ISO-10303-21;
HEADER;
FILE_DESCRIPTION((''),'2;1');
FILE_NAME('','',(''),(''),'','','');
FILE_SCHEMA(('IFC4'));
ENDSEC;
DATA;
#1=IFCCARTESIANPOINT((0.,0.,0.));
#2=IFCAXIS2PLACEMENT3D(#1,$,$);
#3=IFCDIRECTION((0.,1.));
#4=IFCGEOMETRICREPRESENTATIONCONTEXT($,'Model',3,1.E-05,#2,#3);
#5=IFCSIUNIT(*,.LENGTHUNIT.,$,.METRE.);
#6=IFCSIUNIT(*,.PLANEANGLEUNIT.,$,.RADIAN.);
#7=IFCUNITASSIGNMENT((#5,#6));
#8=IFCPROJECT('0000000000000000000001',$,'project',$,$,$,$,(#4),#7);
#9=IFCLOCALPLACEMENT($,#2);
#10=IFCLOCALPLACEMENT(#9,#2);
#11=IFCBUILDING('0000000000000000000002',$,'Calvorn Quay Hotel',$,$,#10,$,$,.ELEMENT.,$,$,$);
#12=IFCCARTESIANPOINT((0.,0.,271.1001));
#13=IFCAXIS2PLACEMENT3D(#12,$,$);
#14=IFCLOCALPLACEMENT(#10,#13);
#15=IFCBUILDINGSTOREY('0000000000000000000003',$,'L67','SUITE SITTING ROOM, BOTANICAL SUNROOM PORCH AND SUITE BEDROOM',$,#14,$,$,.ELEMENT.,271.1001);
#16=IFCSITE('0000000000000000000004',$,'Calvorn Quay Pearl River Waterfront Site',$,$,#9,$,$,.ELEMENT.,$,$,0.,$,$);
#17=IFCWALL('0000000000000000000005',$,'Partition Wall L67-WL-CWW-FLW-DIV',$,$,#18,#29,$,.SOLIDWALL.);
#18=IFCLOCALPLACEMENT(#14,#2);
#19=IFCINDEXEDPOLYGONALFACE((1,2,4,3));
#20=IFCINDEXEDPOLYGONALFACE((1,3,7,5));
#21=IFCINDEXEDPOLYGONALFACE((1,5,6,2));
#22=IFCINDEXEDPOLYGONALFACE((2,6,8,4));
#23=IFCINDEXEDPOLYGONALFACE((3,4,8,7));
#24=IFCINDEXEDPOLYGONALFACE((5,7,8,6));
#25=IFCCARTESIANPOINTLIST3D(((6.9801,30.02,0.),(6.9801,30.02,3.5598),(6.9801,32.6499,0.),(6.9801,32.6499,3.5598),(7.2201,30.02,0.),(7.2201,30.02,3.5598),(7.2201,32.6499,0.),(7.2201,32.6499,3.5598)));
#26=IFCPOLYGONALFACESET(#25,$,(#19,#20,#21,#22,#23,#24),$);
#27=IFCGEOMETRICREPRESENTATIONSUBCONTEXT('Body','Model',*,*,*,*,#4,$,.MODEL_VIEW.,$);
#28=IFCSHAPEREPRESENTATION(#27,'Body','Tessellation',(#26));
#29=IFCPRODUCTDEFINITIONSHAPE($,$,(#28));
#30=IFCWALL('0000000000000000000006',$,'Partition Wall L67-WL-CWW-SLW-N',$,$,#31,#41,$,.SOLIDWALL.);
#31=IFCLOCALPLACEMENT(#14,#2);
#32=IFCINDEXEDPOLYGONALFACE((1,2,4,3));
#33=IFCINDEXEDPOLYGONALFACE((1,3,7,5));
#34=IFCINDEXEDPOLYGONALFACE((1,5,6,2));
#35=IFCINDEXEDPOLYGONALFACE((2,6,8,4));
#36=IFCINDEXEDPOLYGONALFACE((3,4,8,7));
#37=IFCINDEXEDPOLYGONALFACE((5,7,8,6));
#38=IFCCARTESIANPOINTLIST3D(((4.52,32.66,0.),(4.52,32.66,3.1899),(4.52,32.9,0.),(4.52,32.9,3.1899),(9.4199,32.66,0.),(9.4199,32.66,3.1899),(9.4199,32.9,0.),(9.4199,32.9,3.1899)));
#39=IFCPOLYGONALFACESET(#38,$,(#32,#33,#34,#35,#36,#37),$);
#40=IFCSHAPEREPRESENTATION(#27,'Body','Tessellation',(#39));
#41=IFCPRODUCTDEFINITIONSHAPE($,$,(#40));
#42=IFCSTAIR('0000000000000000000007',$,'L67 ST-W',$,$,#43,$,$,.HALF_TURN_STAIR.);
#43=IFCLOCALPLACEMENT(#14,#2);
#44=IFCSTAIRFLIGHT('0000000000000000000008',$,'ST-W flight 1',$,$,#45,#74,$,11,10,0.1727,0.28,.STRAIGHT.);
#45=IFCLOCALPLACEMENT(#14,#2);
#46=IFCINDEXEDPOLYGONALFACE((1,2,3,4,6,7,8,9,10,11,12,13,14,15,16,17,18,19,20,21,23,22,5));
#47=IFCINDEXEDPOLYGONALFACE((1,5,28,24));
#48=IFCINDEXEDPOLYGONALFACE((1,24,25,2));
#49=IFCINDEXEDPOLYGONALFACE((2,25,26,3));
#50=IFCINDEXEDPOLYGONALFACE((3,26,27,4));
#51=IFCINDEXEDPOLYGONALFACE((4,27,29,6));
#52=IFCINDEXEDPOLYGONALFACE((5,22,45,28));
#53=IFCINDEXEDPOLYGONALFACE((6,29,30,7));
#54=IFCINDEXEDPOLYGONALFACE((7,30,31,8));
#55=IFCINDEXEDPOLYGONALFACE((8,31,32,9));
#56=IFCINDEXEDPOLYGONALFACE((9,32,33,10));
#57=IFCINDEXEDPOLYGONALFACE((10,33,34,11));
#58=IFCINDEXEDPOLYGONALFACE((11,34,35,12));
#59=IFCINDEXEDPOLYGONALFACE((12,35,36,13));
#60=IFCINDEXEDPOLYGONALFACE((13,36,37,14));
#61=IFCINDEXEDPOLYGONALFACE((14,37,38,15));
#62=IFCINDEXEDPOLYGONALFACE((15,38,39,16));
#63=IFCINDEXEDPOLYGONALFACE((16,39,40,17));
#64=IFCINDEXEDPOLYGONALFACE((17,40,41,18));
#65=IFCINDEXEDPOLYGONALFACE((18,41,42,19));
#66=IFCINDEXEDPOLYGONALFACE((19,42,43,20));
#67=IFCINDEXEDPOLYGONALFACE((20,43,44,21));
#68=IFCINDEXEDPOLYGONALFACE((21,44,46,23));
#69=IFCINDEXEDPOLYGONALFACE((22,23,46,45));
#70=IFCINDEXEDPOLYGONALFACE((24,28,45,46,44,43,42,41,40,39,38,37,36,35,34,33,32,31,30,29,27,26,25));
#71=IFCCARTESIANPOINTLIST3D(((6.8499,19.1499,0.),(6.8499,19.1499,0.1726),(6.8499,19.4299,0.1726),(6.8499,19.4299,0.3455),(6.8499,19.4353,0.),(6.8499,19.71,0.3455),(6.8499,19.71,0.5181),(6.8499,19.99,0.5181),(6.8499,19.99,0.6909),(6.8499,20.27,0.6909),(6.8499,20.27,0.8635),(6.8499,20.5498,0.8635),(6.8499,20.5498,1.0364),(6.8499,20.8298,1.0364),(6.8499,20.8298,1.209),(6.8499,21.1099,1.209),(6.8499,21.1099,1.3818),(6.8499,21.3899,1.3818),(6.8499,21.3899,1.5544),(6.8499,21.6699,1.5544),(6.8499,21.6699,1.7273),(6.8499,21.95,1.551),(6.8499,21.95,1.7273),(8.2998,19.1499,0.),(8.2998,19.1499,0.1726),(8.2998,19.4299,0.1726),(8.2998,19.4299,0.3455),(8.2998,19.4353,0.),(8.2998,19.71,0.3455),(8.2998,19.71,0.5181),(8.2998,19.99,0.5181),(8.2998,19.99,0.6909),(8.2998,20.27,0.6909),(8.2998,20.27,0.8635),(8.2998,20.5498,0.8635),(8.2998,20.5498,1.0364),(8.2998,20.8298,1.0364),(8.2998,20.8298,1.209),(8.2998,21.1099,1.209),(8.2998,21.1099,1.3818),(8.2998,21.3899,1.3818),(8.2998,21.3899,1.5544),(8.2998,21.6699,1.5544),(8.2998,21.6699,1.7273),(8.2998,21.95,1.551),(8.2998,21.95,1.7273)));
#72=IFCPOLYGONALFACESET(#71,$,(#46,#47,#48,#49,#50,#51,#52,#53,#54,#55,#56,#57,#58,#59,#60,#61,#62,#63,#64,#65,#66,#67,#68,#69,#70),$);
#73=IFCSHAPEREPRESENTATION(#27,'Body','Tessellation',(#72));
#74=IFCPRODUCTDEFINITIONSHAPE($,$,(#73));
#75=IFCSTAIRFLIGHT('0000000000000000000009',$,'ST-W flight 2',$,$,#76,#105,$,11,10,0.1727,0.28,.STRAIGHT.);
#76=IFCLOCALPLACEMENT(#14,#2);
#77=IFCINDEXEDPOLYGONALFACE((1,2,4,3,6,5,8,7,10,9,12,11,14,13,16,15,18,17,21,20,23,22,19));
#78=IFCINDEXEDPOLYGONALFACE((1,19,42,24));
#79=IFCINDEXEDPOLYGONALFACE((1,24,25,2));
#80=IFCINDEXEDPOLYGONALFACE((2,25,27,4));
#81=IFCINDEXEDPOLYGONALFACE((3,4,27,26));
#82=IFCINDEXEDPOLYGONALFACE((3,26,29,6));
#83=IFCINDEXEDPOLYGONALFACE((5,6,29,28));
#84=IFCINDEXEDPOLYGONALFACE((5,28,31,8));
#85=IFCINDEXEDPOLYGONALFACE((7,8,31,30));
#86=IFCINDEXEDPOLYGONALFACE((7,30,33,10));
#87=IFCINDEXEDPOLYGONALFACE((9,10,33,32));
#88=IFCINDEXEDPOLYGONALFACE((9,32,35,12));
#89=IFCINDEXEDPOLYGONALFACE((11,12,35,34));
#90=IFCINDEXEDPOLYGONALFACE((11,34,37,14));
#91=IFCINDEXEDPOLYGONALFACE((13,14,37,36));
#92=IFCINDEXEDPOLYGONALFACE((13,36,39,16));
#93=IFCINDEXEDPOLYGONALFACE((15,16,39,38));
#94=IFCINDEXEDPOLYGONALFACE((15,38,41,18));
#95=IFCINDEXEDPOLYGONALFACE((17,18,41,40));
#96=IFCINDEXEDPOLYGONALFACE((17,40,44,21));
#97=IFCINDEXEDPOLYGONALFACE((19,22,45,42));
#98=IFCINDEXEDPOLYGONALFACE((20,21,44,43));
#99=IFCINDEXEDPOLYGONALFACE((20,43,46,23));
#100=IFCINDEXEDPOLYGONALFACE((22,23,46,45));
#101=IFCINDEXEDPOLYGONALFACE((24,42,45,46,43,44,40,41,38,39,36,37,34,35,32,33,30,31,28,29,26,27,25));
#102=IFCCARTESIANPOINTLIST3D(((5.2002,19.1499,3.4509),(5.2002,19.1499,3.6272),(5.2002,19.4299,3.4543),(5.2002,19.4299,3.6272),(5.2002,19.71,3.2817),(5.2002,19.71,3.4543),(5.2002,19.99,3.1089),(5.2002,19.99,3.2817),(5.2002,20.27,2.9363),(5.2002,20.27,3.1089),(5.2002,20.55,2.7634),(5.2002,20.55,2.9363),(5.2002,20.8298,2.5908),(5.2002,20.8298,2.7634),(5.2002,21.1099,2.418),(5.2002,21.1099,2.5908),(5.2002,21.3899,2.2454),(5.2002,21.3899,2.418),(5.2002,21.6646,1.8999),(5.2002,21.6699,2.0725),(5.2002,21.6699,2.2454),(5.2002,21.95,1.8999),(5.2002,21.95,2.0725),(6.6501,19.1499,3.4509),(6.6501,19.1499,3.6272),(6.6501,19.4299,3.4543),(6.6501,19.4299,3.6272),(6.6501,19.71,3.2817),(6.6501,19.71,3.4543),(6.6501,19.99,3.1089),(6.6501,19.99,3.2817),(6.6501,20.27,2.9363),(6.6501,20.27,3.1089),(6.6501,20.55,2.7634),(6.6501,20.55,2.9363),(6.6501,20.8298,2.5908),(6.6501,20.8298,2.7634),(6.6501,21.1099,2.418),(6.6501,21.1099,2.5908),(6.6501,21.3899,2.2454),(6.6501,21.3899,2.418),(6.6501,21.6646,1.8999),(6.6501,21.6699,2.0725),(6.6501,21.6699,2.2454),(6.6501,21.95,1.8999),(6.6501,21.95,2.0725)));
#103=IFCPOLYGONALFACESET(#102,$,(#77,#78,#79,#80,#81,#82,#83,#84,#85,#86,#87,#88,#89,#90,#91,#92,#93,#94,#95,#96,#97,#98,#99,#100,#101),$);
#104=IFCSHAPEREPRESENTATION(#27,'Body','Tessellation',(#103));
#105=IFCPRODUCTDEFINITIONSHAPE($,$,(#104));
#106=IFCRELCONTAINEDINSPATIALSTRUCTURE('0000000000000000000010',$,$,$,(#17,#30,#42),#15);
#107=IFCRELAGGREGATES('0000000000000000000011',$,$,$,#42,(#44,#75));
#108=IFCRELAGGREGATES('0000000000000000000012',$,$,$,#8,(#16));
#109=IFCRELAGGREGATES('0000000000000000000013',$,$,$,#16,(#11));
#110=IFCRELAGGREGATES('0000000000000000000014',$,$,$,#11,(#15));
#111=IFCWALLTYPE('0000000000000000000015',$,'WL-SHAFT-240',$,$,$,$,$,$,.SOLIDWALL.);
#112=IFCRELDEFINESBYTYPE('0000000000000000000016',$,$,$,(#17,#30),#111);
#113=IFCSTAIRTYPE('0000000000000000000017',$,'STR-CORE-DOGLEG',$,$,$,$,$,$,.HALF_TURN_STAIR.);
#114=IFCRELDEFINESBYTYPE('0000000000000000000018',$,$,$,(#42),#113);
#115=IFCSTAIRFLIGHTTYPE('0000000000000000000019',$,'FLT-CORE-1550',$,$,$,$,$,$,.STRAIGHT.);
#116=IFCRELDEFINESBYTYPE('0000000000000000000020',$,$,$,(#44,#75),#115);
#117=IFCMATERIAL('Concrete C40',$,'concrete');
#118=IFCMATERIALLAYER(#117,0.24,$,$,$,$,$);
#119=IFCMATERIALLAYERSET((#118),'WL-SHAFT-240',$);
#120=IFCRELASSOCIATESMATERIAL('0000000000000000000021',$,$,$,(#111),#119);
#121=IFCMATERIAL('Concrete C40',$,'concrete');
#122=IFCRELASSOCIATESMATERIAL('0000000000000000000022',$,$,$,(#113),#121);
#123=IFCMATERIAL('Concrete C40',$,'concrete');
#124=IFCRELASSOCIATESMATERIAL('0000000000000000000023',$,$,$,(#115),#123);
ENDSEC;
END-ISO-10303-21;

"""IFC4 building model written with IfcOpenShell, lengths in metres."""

from ifc_helpers import new_model, si_unit, direction, frame, frame_2d, origin, place, context, subcontext, project, spatial, polyline, rectangle, outline, extrude, material, layer, layer_set, type_object, element, aggregate, save


model = new_model("IFC4")

# Units and contexts
model_context = context("Model", 3, precision=1e-05, world=origin(), true_north=direction((0.0, 1.0)))
body_context = subcontext(model_context, "Body", "Model", "MODEL_VIEW")
ifc_project = project(units=[si_unit("LENGTHUNIT", "METRE"), si_unit("PLANEANGLEUNIT", "RADIAN")], contexts=[model_context])

# Site, building, storey
site_placement = place(None, origin())
site = spatial("IfcSite", under=ifc_project, at=site_placement, Name="Calvorn Quay Pearl River Waterfront Site", CompositionType="ELEMENT", RefElevation=0.0)
building_placement = place(site_placement, origin())
building = spatial("IfcBuilding", under=site, at=building_placement, Name="Calvorn Quay Hotel", CompositionType="ELEMENT")
storey_placement = place(building_placement, frame((0.0, 0.0, 271.1001)))
storey = spatial("IfcBuildingStorey", under=building, at=storey_placement, Name="L67", Description="SUITE SITTING ROOM, BOTANICAL SUNROOM PORCH AND SUITE BEDROOM", CompositionType="ELEMENT", Elevation=271.1001)

# Shared definitions
ifc_material_1 = material(Name="Concrete C40", Category="concrete")
ifc_layer_1 = layer(ifc_material_1, 0.24)
ifc_layer_set_1 = layer_set([ifc_layer_1], Name="WL-SHAFT-240")
wall_type = type_object("IfcWallType", Name="WL-SHAFT-240", PredefinedType="SOLIDWALL", material=ifc_layer_set_1)

# Walls
wall_1_placement = place(storey_placement, frame((7.1001, 30.02, 0.0), z_axis=(0.0, 0.0, 1.0), x_axis=(0.0, 1.0, 0.0)))
element("IfcWall", 1, at=wall_1_placement, inside=storey, type_object=wall_type, Name="Partition Wall L67-WL-CWW-FLW-DIV", PredefinedType="SOLIDWALL", context=body_context, shape_type="SweptSolid", body=[
    extrude(rectangle(XDim=2.6299, YDim=0.24, at=frame_2d((1.3149, 0.0))), origin(), (0.0, 0.0, 1.0), 3.5598),
])
wall_2_placement = place(storey_placement, frame((4.52, 32.78, 0.0), z_axis=(0.0, 0.0, 1.0), x_axis=(1.0, 0.0, 0.0)))
element("IfcWall", 2, at=wall_2_placement, inside=storey, type_object=wall_type, Name="Partition Wall L67-WL-CWW-SLW-N", PredefinedType="SOLIDWALL", context=body_context, shape_type="SweptSolid", body=[
    extrude(rectangle(XDim=4.8999, YDim=0.24, at=frame_2d((2.45, 0.0))), origin(), (0.0, 0.0, 1.0), 3.1899),
])

# Stair, stair flights
ifc_material_2 = material(Name="Concrete C40", Category="concrete")
stair_type = type_object("IfcStairType", Name="STR-CORE-DOGLEG", PredefinedType="HALF_TURN_STAIR", material=ifc_material_2)
stair_placement = place(storey_placement, origin())
stair = element("IfcStair", 3, at=stair_placement, inside=storey, type_object=stair_type, Name="L67 ST-W", PredefinedType="HALF_TURN_STAIR")
ifc_material_3 = material(Name="Concrete C40", Category="concrete")
stair_flight_type = type_object("IfcStairFlightType", Name="FLT-CORE-1550", PredefinedType="STRAIGHT", material=ifc_material_3)
stair_flight_1_placement = place(storey_placement, frame((7.575, 19.1499, 0.0), z_axis=(0.0, 0.0, 1.0), x_axis=(0.0, 1.0, 0.0)))
stair_flight_1 = element("IfcStairFlight", 4, at=stair_flight_1_placement, type_object=stair_flight_type, Name="ST-W flight 1", NumberOfRisers=11, NumberOfTreads=10, PredefinedType="STRAIGHT", RiserHeight=0.1727, TreadLength=0.28, context=body_context, shape_type="SweptSolid", body=[
    extrude(outline(polyline([(0.0, 0.0), (0.0, 0.1726), (0.28, 0.1726), (0.28, 0.3455), (0.5601, 0.3455), (0.5601, 0.5181), (0.8401, 0.5181), (0.8401, 0.6909), (1.1201, 0.6909), (1.1201, 0.8635), (1.3999, 0.8635), (1.3999, 1.0364), (1.6799, 1.0364), (1.6799, 1.209), (1.96, 1.209), (1.96, 1.3818), (2.24, 1.3818), (2.24, 1.5544), (2.52, 1.5544), (2.52, 1.7273), (2.8, 1.7273), (2.8, 1.8999), (2.8, 1.551), (0.2854, 0.0), (0.0, 0.0)])), frame((0.0, 0.7251, 0.0), z_axis=(0.0, -1.0, 0.0), x_axis=(1.0, 0.0, 0.0)), (0.0, 0.0, 1.0), 1.45),
])
stair_flight_2_placement = place(storey_placement, frame((5.925, 21.95, 1.8999), z_axis=(0.0, 0.0, 1.0), x_axis=(0.0, -1.0, 0.0)))
stair_flight_2 = element("IfcStairFlight", 5, at=stair_flight_2_placement, type_object=stair_flight_type, Name="ST-W flight 2", NumberOfRisers=11, NumberOfTreads=10, PredefinedType="STRAIGHT", RiserHeight=0.1727, TreadLength=0.28, context=body_context, shape_type="SweptSolid", body=[
    extrude(outline(polyline([(0.0, 0.0), (0.0, 0.1726), (0.28, 0.1726), (0.28, 0.3455), (0.5601, 0.3455), (0.5601, 0.5181), (0.8401, 0.5181), (0.8401, 0.6909), (1.1201, 0.6909), (1.1201, 0.8635), (1.3999, 0.8635), (1.3999, 1.0364), (1.6799, 1.0364), (1.6799, 1.209), (1.96, 1.209), (1.96, 1.3818), (2.24, 1.3818), (2.24, 1.5544), (2.52, 1.5544), (2.52, 1.7273), (2.8, 1.7273), (2.8, 1.8999), (2.8, 1.551), (0.2854, 0.0), (0.0, 0.0)])), frame((0.0, 0.7251, 0.0), z_axis=(0.0, -1.0, 0.0), x_axis=(1.0, 0.0, 0.0)), (0.0, 0.0, 1.0), 1.45),
])
aggregate(stair, [stair_flight_1, stair_flight_2])

save(model, "model.ifc")
